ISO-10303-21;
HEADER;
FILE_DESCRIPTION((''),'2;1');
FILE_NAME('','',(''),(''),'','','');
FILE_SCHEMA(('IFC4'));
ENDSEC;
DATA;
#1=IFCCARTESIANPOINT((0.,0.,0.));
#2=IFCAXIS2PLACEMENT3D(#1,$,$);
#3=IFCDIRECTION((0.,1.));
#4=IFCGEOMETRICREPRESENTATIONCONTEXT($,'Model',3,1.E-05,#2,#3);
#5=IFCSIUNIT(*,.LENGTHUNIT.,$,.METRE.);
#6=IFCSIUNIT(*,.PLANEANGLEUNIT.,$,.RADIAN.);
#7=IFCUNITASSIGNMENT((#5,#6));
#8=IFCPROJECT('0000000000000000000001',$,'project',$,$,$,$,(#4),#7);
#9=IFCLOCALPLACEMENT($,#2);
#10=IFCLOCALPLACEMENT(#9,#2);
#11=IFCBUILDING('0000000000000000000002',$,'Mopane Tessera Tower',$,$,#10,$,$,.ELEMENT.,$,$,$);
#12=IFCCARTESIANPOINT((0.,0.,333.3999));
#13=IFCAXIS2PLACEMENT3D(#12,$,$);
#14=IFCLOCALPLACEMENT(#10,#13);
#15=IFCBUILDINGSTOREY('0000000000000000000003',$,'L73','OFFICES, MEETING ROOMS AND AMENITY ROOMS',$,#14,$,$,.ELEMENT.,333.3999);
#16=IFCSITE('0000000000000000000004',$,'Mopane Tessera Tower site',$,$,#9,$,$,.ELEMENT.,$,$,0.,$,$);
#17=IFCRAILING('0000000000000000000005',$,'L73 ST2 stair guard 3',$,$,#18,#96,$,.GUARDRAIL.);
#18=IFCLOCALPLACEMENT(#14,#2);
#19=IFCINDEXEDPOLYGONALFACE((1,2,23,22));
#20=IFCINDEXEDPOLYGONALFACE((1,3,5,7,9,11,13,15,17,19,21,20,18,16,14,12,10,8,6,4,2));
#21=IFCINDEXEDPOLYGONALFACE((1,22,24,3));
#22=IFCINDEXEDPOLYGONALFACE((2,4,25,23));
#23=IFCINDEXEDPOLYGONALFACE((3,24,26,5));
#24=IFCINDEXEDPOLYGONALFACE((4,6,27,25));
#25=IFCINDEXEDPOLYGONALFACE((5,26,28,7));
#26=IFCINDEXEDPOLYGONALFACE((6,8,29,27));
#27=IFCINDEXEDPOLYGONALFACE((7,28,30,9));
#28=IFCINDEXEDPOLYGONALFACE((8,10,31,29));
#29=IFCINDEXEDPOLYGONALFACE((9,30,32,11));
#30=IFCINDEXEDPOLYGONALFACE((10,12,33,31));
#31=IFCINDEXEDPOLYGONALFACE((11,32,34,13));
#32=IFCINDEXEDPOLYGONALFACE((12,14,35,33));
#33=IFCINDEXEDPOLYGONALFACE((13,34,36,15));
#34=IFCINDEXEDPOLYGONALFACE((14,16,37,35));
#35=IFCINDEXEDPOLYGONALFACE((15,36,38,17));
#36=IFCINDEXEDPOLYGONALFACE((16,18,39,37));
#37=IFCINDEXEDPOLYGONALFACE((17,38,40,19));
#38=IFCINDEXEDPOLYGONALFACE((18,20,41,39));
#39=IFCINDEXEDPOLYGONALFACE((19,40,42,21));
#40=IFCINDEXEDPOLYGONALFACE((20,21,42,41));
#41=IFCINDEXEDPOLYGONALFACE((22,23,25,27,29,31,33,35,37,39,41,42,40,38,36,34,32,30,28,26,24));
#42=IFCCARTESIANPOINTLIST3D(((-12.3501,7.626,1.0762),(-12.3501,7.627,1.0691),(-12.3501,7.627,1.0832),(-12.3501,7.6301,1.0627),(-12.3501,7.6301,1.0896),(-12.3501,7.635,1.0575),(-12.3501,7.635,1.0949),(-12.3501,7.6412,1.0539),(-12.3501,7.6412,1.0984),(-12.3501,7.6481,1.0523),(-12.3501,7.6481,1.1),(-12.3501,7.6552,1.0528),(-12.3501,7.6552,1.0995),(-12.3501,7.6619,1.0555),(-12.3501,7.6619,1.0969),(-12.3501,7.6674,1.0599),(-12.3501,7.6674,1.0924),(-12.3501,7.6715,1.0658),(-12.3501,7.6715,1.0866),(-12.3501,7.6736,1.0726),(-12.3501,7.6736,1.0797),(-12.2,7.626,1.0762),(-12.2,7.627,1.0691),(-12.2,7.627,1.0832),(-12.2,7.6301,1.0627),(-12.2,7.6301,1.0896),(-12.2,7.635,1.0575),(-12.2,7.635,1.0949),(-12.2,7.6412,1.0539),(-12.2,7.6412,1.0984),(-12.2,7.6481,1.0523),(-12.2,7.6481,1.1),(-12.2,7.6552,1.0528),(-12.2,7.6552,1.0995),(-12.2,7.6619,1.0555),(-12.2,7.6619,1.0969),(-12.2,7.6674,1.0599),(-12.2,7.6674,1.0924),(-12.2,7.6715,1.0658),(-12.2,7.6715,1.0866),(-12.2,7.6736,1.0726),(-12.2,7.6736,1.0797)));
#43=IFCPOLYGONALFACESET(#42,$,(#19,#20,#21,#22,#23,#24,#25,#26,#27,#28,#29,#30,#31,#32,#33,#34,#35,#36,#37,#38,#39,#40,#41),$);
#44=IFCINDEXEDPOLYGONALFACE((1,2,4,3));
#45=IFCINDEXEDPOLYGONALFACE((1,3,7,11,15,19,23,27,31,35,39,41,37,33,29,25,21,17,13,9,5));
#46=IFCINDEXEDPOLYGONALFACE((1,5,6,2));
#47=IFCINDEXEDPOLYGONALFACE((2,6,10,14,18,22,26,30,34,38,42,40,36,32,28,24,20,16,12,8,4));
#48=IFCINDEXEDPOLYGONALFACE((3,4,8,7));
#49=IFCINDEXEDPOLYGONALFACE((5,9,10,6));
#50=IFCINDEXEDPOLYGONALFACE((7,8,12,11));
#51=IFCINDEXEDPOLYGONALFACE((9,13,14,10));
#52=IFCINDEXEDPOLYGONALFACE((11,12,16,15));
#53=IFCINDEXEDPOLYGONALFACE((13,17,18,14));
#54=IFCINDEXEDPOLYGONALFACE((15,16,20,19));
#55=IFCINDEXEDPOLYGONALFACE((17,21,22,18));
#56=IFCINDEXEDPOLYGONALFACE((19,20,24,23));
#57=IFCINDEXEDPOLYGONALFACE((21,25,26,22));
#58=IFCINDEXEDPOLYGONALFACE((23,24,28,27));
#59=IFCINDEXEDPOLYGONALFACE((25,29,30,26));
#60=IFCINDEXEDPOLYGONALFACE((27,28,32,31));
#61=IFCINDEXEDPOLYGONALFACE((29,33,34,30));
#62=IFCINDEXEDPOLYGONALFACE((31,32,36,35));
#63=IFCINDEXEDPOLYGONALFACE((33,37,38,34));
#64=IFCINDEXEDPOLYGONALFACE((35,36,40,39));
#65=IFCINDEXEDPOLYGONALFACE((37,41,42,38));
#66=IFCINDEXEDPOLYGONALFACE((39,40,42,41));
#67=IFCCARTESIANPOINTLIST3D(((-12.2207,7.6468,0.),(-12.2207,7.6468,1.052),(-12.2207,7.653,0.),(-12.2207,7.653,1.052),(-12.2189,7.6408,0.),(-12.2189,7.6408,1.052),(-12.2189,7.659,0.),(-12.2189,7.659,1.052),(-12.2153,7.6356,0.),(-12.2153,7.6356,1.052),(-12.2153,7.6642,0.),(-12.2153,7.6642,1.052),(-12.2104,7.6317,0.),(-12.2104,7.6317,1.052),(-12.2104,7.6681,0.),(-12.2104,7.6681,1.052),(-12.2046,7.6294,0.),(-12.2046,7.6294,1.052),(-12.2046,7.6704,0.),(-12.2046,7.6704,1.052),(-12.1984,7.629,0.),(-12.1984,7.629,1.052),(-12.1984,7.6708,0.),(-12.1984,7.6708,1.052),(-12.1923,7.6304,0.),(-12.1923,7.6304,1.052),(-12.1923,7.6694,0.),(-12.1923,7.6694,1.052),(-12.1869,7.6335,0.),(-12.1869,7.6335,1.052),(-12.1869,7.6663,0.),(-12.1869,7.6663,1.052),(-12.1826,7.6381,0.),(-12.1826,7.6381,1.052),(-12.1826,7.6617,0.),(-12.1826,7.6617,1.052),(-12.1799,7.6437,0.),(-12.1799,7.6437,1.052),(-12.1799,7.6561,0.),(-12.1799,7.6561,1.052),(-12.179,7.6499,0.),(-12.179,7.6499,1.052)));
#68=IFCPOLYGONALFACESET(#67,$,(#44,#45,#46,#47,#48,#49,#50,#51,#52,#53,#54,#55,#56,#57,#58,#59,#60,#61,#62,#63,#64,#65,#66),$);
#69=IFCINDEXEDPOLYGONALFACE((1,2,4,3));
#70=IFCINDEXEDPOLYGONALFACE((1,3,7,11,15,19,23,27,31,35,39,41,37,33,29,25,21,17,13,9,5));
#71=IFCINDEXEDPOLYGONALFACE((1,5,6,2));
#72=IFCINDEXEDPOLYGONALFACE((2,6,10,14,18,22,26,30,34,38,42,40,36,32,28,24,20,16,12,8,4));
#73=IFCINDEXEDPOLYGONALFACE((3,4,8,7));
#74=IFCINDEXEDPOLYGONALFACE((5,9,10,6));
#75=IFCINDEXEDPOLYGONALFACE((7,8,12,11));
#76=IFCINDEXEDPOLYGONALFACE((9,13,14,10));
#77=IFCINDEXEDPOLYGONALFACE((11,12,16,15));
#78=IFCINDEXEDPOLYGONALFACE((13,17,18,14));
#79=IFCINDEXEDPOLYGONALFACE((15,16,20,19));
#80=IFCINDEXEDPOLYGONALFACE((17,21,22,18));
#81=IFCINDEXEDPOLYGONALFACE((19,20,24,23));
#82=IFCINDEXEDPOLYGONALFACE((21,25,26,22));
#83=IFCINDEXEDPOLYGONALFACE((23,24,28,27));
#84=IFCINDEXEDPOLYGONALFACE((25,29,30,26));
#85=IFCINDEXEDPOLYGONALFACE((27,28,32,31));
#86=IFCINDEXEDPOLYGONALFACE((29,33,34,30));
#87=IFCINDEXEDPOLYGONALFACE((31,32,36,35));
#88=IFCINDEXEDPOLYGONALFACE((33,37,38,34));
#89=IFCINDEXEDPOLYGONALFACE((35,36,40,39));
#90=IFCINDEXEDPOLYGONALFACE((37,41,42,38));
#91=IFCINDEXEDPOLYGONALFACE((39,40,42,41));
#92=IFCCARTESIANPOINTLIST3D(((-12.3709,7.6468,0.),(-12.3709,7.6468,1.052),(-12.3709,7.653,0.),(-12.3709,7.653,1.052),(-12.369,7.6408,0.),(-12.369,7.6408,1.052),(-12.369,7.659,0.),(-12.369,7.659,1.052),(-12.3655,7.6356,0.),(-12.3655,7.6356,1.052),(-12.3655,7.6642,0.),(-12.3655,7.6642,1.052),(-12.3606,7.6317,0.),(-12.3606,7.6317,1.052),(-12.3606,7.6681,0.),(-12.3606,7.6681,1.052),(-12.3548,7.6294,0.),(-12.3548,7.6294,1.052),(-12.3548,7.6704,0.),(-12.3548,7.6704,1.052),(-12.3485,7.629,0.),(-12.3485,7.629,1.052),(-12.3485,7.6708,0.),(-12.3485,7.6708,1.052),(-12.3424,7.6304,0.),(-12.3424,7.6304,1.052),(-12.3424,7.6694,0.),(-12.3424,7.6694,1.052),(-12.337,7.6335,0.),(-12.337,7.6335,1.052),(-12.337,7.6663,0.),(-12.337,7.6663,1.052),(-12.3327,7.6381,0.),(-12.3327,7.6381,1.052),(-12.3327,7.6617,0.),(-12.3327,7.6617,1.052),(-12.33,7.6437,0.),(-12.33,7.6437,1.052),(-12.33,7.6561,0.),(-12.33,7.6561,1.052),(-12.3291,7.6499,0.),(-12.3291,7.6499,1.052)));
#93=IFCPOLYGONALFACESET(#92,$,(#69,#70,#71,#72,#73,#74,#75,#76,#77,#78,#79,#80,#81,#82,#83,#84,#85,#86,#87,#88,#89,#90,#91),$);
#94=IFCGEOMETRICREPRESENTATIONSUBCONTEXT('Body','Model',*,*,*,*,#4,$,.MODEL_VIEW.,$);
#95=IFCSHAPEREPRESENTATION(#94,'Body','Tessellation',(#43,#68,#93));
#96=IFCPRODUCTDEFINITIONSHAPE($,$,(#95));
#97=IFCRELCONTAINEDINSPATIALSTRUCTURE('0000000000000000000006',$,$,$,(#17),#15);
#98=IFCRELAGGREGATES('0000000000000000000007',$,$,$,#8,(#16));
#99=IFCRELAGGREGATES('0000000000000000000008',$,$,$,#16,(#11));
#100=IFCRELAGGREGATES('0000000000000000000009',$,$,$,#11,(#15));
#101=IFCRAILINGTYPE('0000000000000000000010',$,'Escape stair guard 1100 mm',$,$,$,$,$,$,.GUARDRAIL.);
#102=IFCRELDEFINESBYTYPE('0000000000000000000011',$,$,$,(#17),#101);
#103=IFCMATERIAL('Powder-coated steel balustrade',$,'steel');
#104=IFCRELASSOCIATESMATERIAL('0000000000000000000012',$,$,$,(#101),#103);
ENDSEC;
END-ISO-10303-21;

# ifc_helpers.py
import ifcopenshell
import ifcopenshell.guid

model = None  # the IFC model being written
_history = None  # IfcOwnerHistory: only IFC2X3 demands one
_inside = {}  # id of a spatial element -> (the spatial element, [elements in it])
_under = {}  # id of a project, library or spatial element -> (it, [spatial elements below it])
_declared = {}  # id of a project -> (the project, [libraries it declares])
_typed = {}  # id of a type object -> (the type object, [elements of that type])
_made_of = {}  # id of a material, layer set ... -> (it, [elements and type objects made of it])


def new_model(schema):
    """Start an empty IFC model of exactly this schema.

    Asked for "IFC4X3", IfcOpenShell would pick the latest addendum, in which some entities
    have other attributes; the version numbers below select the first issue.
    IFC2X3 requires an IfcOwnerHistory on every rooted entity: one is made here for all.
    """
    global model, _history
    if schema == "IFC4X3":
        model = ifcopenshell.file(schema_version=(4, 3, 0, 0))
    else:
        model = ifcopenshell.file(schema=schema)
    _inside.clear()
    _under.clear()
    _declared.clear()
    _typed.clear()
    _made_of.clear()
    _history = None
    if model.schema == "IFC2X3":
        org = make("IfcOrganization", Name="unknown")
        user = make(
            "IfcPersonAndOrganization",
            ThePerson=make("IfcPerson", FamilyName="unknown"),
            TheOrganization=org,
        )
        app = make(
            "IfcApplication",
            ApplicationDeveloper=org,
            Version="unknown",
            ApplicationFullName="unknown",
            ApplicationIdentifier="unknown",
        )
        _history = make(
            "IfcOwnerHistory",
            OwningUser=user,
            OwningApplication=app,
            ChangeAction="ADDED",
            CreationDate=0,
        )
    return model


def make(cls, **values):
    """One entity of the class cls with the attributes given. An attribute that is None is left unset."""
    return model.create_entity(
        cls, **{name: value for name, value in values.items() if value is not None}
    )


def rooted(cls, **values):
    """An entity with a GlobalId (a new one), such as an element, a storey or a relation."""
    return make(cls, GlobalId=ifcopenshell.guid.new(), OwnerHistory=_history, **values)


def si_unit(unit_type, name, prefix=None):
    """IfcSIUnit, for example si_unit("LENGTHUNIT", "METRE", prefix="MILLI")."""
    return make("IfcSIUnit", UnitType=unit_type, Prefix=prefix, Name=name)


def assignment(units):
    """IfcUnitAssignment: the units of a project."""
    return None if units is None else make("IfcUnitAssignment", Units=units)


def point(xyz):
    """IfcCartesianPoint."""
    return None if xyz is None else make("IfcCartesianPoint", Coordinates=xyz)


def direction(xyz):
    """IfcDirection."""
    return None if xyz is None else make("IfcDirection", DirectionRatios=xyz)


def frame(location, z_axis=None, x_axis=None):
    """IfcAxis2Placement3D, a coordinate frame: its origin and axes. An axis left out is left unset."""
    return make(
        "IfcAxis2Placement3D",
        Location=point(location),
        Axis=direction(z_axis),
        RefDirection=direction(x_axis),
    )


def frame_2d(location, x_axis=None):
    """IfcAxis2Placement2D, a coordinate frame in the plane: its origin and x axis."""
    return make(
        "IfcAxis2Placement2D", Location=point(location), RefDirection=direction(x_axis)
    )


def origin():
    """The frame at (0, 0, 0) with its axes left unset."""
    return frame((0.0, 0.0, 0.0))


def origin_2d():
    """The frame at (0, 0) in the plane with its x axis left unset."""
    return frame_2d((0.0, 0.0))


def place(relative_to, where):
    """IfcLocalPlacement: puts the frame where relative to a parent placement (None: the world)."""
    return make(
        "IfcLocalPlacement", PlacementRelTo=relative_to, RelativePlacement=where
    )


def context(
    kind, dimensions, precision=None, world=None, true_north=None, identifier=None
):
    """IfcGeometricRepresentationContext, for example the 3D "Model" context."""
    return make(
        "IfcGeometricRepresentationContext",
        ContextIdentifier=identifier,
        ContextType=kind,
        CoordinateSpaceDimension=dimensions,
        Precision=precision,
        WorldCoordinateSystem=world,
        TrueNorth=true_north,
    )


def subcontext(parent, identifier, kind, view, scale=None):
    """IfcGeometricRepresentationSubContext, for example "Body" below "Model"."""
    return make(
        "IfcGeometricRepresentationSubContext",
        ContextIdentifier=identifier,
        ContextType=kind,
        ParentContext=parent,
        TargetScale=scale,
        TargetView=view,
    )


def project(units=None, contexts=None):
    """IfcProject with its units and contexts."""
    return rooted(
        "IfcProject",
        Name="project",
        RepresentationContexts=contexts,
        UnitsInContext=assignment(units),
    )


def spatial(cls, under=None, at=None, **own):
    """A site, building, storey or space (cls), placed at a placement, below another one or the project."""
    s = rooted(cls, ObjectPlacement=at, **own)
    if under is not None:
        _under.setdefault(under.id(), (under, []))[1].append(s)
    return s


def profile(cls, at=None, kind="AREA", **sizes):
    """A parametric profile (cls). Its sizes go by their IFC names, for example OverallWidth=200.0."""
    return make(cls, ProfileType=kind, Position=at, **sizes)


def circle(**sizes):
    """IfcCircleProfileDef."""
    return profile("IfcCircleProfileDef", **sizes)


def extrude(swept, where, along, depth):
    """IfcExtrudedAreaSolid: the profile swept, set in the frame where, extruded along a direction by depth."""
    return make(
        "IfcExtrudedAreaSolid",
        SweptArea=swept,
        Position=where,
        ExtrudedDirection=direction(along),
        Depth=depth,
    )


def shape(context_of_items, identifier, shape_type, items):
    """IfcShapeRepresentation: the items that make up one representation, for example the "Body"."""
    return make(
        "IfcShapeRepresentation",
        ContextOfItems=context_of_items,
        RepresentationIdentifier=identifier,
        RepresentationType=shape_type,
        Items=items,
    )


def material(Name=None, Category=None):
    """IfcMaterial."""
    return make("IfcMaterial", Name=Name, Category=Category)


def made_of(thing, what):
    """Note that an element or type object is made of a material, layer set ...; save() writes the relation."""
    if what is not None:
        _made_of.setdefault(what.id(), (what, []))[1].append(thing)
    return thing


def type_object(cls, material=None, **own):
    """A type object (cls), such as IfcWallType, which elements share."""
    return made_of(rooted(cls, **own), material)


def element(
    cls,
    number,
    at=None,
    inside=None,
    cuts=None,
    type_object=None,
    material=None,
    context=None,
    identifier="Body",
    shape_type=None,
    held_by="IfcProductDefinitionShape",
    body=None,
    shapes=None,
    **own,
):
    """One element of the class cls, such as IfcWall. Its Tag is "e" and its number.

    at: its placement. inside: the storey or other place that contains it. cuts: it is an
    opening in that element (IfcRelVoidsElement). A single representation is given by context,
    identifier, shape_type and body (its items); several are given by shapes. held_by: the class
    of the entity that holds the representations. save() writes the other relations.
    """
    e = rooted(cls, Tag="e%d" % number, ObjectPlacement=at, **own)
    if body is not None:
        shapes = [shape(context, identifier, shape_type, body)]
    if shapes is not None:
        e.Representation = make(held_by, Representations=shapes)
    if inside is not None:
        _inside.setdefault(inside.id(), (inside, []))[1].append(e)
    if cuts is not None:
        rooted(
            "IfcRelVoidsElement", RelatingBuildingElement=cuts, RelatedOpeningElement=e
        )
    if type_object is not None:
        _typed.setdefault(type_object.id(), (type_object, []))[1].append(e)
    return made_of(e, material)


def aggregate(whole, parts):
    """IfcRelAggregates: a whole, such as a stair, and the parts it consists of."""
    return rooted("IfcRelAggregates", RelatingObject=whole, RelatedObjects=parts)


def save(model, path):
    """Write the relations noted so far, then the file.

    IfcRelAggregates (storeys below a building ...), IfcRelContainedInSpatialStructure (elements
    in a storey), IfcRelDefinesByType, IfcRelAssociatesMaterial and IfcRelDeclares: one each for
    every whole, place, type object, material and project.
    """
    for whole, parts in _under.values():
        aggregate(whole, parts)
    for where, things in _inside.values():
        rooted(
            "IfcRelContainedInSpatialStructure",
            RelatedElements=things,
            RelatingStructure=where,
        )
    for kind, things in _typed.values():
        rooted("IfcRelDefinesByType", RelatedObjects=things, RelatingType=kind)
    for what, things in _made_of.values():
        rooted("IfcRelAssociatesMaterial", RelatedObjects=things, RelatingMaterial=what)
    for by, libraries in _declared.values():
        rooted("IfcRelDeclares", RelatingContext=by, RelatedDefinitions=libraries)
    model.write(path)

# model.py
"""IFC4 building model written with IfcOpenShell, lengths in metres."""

from ifc_helpers import new_model, si_unit, direction, frame, origin, origin_2d, place, context, subcontext, project, spatial, circle, extrude, material, type_object, element, save


model = new_model("IFC4")

# Units and contexts
model_context = context("Model", 3, precision=1e-05, world=origin(), true_north=direction((0.0, 1.0)))
body_context = subcontext(model_context, "Body", "Model", "MODEL_VIEW")
ifc_project = project(units=[si_unit("LENGTHUNIT", "METRE"), si_unit("PLANEANGLEUNIT", "RADIAN")], contexts=[model_context])

# Site, building, storey
site_placement = place(None, origin())
site = spatial("IfcSite", under=ifc_project, at=site_placement, Name="Mopane Tessera Tower site", CompositionType="ELEMENT", RefElevation=0.0)
building_placement = place(site_placement, origin())
building = spatial("IfcBuilding", under=site, at=building_placement, Name="Mopane Tessera Tower", CompositionType="ELEMENT")
storey_placement = place(building_placement, frame((0.0, 0.0, 333.3999)))
storey = spatial("IfcBuildingStorey", under=building, at=storey_placement, Name="L73", Description="OFFICES, MEETING ROOMS AND AMENITY ROOMS", CompositionType="ELEMENT", Elevation=333.3999)

# Railing
ifc_material_1 = material(Name="Powder-coated steel balustrade", Category="steel")
railing_type_1 = type_object("IfcRailingType", Name="Escape stair guard 1100 mm", PredefinedType="GUARDRAIL", material=ifc_material_1)
railing_1_placement = place(storey_placement, frame((-12.2, 7.6499, 0.0)))
element("IfcRailing", 1, at=railing_1_placement, inside=storey, type_object=railing_type_1, Name="L73 ST2 stair guard 3", PredefinedType="GUARDRAIL", context=body_context, shape_type="SweptSolid", body=[
    extrude(circle(Radius=0.0239, at=origin_2d()), frame((0.0, 0.0, 1.0762), z_axis=(-1.0, 0.0, 0.0), x_axis=(0.0, -1.0, 0.0)), (0.0, 0.0, 1.0), 0.1501),
    extrude(circle(Radius=0.021, at=origin_2d()), origin(), (0.0, 0.0, 1.0), 1.052),
    extrude(circle(Radius=0.021, at=origin_2d()), frame((-0.1501, 0.0, 0.0)), (0.0, 0.0, 1.0), 1.052),
])

save(model, "model.ifc")
